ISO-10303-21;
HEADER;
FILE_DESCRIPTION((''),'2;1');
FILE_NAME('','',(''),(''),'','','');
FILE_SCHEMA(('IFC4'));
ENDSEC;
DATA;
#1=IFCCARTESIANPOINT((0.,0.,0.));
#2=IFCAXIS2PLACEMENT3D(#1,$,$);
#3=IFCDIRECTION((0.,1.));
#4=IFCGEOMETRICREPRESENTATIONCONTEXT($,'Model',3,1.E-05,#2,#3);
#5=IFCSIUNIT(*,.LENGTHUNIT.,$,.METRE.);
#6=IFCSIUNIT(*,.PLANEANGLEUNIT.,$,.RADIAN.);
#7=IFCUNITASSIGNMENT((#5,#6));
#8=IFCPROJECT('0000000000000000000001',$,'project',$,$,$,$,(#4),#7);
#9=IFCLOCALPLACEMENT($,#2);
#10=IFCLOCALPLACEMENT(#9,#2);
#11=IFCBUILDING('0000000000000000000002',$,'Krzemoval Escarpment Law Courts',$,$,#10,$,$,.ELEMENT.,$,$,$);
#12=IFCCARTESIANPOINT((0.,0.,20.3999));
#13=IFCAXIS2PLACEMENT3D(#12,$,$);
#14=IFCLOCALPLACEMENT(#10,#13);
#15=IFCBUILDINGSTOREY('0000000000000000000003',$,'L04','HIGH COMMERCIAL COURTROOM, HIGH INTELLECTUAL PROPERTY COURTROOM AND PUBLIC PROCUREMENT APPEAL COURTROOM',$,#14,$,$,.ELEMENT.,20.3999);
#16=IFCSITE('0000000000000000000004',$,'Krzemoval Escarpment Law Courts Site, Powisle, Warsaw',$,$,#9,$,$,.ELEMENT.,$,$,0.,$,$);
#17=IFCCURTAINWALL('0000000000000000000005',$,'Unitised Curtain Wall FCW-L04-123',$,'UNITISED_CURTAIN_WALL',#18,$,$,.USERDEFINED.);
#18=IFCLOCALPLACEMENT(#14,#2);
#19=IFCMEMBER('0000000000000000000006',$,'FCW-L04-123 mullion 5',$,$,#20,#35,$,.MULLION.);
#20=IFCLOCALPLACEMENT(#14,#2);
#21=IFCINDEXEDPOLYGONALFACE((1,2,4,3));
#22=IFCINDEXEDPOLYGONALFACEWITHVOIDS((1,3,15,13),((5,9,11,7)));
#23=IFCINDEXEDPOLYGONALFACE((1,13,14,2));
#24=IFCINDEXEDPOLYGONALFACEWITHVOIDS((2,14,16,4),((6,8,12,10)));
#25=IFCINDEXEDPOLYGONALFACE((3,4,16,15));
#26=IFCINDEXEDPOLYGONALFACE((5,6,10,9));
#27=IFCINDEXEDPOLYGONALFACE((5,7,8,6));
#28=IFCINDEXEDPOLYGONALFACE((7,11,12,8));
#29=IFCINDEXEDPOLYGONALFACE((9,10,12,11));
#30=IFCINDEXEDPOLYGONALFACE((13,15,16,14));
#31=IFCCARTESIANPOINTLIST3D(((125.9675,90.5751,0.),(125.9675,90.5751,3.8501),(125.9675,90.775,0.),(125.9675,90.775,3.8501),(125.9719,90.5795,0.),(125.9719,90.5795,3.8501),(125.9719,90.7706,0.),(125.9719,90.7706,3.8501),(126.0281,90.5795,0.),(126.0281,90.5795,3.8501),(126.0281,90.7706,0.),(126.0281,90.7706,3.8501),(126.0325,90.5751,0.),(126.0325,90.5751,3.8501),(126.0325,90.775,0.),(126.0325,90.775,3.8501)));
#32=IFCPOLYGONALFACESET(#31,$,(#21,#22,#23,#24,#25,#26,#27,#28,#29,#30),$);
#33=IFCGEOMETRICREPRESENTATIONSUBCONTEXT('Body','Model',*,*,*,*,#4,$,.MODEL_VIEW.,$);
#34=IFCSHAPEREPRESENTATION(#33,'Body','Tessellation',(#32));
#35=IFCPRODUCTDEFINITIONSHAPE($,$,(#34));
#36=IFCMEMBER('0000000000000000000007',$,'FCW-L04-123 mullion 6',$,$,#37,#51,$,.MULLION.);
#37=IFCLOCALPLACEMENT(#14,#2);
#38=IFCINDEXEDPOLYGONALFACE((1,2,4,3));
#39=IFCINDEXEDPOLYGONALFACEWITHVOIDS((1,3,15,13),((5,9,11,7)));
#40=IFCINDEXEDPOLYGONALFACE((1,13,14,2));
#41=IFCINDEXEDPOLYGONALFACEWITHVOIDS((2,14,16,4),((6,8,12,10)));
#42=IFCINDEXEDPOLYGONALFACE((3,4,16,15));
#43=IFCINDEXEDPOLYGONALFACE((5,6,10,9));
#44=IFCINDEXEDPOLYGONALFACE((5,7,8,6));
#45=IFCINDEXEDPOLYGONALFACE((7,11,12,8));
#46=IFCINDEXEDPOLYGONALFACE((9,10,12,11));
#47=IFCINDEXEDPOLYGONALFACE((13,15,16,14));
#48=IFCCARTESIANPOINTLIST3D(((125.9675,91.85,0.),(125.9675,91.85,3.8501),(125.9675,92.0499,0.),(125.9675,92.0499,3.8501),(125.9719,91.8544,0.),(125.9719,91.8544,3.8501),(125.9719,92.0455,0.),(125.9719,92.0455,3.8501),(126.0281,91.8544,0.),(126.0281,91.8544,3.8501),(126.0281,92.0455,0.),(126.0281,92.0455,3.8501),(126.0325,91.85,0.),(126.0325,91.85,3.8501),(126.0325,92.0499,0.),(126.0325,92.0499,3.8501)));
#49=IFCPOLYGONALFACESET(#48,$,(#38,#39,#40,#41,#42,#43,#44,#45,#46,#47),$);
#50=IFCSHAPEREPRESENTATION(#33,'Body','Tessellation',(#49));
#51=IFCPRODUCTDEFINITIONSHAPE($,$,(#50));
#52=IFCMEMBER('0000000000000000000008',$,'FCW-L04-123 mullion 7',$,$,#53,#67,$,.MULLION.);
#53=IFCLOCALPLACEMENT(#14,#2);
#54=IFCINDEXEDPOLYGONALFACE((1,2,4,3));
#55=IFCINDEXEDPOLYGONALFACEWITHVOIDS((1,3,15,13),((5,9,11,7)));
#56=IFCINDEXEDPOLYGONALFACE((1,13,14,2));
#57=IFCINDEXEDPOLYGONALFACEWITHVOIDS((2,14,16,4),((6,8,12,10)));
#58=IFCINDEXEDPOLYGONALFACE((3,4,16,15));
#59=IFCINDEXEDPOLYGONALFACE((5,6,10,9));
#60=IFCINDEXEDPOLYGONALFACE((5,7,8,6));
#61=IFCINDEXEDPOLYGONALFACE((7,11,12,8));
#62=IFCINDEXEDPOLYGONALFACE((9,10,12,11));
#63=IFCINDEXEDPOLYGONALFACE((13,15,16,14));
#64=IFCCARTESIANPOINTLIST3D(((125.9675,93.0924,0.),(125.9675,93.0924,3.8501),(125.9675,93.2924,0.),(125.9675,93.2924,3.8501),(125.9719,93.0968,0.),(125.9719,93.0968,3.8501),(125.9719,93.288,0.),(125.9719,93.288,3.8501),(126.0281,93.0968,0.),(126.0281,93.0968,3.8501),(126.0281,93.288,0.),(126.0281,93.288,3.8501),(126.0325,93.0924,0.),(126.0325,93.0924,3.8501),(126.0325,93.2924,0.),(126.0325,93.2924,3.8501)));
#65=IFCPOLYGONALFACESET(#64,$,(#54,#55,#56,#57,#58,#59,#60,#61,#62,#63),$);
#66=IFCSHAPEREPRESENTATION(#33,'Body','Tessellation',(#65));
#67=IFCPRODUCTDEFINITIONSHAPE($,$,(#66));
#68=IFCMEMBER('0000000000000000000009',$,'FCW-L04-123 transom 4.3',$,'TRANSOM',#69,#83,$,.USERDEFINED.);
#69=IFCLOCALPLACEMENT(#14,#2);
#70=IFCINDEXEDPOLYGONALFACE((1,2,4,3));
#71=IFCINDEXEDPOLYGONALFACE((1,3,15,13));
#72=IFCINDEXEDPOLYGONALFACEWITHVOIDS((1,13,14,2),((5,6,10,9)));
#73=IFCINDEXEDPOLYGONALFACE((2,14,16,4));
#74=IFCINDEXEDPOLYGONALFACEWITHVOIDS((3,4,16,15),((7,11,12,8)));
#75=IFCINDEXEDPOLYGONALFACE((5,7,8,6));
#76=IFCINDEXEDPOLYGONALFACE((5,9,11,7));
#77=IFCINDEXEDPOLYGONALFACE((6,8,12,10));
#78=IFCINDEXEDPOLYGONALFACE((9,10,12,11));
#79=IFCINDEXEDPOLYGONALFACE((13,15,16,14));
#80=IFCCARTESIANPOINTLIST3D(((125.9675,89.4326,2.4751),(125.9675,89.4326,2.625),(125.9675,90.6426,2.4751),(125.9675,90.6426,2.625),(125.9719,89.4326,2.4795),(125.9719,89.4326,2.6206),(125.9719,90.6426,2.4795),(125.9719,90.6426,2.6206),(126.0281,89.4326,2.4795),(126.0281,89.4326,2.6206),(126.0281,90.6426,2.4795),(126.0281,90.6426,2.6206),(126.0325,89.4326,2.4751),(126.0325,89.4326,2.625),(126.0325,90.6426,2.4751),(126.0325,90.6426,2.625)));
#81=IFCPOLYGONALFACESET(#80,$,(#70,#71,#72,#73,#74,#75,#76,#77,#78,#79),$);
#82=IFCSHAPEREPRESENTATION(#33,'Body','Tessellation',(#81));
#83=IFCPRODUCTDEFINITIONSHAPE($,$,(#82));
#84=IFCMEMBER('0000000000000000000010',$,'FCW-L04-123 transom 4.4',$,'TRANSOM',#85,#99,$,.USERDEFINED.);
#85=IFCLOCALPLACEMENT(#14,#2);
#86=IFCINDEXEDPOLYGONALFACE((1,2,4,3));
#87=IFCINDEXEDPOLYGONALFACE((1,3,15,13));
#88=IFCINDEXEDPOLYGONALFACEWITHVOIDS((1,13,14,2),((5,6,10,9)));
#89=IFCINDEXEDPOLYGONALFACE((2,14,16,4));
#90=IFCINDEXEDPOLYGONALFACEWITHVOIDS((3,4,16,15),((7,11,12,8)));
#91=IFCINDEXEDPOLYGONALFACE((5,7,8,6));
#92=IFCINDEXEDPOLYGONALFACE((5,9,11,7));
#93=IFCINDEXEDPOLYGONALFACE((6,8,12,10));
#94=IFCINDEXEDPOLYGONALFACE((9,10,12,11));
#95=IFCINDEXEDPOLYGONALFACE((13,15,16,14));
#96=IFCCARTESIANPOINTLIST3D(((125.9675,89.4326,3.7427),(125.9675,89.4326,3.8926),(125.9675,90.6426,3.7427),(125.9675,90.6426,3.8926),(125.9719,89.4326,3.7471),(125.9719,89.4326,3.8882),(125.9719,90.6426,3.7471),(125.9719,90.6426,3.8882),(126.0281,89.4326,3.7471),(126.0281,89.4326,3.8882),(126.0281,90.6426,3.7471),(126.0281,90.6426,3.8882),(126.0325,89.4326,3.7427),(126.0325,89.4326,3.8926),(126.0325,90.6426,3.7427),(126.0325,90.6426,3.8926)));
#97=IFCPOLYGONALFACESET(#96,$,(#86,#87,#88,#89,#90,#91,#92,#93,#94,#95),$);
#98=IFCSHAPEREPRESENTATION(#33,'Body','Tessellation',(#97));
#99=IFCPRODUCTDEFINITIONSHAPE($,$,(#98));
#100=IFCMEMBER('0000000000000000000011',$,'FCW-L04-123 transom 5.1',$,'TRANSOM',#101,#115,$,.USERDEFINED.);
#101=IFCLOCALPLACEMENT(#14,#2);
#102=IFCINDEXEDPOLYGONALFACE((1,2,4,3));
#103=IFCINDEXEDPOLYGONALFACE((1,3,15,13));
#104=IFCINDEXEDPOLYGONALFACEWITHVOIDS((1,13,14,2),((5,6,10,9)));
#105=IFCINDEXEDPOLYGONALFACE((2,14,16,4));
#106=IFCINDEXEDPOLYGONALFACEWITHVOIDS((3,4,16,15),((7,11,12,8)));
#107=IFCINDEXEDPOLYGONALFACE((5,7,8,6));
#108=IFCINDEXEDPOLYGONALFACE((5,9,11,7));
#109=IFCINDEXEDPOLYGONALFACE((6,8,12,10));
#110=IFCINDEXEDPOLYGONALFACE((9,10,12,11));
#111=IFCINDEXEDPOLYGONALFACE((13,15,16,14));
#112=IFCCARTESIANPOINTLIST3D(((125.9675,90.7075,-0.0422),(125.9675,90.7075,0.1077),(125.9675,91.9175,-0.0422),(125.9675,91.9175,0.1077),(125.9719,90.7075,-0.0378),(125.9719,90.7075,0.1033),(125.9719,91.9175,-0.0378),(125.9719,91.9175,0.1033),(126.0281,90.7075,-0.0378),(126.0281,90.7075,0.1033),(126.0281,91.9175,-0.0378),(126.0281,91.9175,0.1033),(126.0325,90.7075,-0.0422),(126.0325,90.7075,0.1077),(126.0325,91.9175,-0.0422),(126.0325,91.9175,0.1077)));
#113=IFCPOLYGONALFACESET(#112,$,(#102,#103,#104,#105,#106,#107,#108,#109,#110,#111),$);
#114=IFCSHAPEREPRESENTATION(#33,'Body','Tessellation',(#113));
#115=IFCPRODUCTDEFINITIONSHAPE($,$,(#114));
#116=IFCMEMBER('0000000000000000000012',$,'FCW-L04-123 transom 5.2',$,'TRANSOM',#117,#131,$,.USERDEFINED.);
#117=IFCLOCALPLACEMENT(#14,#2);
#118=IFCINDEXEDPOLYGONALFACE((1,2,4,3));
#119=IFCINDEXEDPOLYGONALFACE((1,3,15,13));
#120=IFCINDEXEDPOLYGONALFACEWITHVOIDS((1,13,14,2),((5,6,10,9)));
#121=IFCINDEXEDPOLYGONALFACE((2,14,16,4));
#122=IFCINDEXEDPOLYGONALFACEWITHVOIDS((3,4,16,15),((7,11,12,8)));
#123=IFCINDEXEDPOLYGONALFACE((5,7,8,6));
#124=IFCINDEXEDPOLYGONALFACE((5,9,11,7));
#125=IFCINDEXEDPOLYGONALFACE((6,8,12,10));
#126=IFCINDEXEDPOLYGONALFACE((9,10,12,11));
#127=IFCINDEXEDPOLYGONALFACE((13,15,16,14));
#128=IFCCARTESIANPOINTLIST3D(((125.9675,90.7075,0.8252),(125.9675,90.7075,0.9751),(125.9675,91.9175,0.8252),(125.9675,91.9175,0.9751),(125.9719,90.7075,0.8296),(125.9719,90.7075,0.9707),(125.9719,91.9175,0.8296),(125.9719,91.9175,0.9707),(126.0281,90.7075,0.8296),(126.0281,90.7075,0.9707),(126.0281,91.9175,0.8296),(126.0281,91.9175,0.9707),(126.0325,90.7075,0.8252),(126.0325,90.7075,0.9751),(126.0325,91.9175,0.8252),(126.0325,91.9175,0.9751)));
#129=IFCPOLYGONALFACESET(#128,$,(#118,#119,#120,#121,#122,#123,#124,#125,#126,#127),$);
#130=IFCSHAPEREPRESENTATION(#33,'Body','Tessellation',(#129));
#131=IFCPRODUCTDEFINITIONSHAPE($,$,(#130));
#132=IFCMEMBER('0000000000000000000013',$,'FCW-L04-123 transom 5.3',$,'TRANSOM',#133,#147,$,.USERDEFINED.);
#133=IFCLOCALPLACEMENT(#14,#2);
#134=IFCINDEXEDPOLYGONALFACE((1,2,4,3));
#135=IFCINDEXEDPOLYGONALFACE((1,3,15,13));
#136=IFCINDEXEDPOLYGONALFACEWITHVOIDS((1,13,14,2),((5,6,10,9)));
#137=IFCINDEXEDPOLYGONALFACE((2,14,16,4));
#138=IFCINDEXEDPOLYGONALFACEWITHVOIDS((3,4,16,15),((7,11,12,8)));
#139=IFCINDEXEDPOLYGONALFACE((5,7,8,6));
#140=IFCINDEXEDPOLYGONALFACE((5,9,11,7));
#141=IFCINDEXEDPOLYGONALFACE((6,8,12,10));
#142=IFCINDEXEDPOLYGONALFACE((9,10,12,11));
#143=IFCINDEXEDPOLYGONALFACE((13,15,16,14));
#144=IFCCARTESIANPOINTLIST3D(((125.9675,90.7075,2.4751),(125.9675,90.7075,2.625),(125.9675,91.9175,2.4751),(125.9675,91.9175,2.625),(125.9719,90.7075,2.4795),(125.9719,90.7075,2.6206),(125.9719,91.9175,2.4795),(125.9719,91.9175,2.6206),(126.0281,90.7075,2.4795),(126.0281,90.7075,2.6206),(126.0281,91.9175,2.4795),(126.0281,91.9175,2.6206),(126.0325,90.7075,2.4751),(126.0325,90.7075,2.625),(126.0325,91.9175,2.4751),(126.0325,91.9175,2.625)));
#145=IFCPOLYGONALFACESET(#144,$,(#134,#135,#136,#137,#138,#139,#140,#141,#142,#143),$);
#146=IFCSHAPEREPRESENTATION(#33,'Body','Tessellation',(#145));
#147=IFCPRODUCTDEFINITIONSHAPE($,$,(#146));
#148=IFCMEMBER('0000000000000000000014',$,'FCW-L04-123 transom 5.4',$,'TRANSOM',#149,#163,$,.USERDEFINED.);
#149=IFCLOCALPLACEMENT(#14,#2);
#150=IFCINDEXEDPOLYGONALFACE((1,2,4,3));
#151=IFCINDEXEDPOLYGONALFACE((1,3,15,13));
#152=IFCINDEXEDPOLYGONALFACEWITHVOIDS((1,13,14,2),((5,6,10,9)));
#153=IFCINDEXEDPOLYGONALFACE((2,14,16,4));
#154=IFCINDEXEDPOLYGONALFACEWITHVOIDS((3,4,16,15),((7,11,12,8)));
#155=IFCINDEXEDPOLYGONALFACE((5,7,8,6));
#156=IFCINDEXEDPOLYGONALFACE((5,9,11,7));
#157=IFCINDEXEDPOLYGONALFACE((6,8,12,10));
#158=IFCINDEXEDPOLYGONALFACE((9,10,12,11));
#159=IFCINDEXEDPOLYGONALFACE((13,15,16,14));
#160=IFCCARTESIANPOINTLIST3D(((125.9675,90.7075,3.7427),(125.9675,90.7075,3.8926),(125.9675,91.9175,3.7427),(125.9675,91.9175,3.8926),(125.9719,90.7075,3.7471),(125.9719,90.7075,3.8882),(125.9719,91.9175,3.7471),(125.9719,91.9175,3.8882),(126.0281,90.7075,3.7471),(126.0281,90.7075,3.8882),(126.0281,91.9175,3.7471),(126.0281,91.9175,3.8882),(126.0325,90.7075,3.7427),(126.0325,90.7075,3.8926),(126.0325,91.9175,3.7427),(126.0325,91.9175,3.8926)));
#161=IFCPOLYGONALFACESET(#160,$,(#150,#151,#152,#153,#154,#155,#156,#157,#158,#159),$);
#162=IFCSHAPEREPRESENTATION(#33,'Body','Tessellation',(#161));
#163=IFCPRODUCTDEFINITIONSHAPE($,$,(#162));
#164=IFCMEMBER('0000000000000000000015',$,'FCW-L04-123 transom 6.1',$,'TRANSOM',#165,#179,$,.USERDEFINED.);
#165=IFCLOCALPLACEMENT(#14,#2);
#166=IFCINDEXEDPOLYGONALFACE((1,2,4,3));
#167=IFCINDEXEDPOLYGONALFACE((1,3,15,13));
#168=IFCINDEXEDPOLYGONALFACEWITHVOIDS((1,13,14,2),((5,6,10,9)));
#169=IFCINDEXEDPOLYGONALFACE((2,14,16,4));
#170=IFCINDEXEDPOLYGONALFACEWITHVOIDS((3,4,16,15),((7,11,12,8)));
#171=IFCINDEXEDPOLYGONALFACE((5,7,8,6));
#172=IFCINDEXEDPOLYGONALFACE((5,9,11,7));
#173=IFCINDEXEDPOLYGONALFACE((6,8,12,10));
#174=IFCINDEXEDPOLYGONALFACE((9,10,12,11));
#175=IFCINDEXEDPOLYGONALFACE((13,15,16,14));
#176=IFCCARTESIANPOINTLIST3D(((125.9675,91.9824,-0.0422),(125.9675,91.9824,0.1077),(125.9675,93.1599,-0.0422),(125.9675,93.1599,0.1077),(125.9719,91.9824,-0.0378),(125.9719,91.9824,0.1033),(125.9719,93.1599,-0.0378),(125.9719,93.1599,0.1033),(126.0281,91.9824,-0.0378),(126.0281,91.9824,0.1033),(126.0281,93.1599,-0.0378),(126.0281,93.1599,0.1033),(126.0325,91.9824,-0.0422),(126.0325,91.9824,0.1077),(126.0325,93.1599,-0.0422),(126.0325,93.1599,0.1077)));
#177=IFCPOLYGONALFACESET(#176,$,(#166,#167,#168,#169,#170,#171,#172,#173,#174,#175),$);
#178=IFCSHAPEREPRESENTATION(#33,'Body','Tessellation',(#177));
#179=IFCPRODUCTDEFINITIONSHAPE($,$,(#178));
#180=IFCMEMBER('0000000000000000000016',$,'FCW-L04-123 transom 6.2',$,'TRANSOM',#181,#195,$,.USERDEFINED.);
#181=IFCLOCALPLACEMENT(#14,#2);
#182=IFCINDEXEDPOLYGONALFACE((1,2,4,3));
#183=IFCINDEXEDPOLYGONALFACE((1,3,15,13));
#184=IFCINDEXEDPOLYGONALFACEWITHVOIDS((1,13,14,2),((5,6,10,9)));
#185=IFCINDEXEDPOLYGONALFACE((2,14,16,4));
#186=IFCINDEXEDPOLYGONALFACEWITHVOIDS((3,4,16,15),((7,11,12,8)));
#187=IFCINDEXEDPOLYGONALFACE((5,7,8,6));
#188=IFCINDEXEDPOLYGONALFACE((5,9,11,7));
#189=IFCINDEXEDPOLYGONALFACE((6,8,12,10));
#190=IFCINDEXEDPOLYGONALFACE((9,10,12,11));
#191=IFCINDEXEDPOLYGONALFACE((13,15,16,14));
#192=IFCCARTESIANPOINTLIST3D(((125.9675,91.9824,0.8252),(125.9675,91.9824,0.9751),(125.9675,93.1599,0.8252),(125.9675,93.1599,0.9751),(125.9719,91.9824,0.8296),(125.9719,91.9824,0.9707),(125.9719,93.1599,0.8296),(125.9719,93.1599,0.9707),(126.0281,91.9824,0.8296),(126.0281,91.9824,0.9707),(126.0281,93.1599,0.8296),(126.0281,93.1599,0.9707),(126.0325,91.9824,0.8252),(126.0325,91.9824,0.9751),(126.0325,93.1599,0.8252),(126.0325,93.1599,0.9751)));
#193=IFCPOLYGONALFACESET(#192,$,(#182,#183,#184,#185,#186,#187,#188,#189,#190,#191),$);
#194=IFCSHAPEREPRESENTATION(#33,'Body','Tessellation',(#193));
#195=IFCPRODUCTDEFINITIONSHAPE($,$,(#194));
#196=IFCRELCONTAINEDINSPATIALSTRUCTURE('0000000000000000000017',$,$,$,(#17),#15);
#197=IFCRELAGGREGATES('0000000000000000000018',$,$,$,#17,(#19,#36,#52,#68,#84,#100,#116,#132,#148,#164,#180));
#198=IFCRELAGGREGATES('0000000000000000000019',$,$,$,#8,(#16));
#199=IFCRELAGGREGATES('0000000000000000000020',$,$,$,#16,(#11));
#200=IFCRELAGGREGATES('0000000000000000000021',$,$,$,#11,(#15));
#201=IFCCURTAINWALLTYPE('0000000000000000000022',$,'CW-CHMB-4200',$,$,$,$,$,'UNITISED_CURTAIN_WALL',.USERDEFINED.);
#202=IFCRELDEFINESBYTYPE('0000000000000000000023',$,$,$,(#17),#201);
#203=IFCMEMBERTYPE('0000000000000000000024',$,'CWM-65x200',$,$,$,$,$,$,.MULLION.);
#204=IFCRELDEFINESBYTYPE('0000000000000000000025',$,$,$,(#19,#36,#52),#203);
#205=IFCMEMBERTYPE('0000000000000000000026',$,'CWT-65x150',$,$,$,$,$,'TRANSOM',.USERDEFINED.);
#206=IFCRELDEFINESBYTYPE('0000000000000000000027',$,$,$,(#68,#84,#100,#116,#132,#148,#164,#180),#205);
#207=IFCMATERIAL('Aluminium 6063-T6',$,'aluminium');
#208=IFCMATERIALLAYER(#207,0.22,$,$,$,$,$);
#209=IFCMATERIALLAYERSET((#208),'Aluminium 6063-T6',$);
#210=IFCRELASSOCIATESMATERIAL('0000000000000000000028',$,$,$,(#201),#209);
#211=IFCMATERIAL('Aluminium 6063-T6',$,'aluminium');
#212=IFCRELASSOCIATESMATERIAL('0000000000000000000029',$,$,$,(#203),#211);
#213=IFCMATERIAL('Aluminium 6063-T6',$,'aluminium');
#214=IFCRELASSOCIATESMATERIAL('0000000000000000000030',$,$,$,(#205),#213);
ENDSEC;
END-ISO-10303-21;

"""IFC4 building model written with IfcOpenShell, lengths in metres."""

from ifc_helpers import new_model, si_unit, direction, frame, origin, origin_2d, place, context, subcontext, project, spatial, hollow_rectangle, extrude, material, layer, layer_set, material_profile, profile_set, type_object, element, aggregate, save


model = new_model("IFC4")

# Units and contexts
model_context = context("Model", 3, precision=1e-05, world=origin(), true_north=direction((0.0, 1.0)))
body_context = subcontext(model_context, "Body", "Model", "MODEL_VIEW")
ifc_project = project(units=[si_unit("LENGTHUNIT", "METRE"), si_unit("PLANEANGLEUNIT", "RADIAN")], contexts=[model_context])

# Site, building, storey
site_placement = place(None, origin())
site = spatial("IfcSite", under=ifc_project, at=site_placement, Name="Krzemoval Escarpment Law Courts Site, Powisle, Warsaw", CompositionType="ELEMENT", RefElevation=0.0)
building_placement = place(site_placement, origin())
building = spatial("IfcBuilding", under=site, at=building_placement, Name="Krzemoval Escarpment Law Courts", CompositionType="ELEMENT")
storey_placement = place(building_placement, frame((0.0, 0.0, 20.3999)))
storey = spatial("IfcBuildingStorey", under=building, at=storey_placement, Name="L04", Description="HIGH COMMERCIAL COURTROOM, HIGH INTELLECTUAL PROPERTY COURTROOM AND PUBLIC PROCUREMENT APPEAL COURTROOM", CompositionType="ELEMENT", Elevation=20.3999)

# Curtain wall, members
ifc_material_1 = material(Name="Aluminium 6063-T6", Category="aluminium")
ifc_layer_1 = layer(ifc_material_1, 0.22)
ifc_layer_set_1 = layer_set([ifc_layer_1], Name="Aluminium 6063-T6")
curtain_wall_type = type_object("IfcCurtainWallType", Name="CW-CHMB-4200", ElementType="UNITISED_CURTAIN_WALL", PredefinedType="USERDEFINED", material=ifc_layer_set_1)
curtain_wall_placement = place(storey_placement, origin())
curtain_wall = element("IfcCurtainWall", 1, at=curtain_wall_placement, inside=storey, type_object=curtain_wall_type, Name="Unitised Curtain Wall FCW-L04-123", ObjectType="UNITISED_CURTAIN_WALL", PredefinedType="USERDEFINED")
ifc_material_2 = material(Name="Aluminium 6063-T6", Category="aluminium")
ifc_material_profile_1 = material_profile(ifc_material_2, hollow_rectangle(XDim=0.0649, YDim=0.2, WallThickness=0.0044, at=origin_2d()), Name="ALU M65x200")
ifc_profile_set_1 = profile_set([ifc_material_profile_1], Name="Aluminium 6063-T6")
member_type_1 = type_object("IfcMemberType", Name="CWM-65x200", PredefinedType="MULLION", material=ifc_profile_set_1)
member_1_placement = place(storey_placement, frame((126.0, 90.675, 0.0), z_axis=(0.0, 0.0, 1.0), x_axis=(-1.0, 0.0, 0.0)))
member_1 = element("IfcMember", 2, at=member_1_placement, type_object=member_type_1, Name="FCW-L04-123 mullion 5", PredefinedType="MULLION", context=body_context, shape_type="SweptSolid", body=[
    extrude(hollow_rectangle(XDim=0.0649, YDim=0.2, WallThickness=0.0044, at=origin_2d()), origin(), (0.0, 0.0, 1.0), 3.8501),
])
member_2_placement = place(storey_placement, frame((126.0, 91.95, 0.0), z_axis=(0.0, 0.0, 1.0), x_axis=(-1.0, 0.0, 0.0)))
member_2 = element("IfcMember", 3, at=member_2_placement, type_object=member_type_1, Name="FCW-L04-123 mullion 6", PredefinedType="MULLION", context=body_context, shape_type="SweptSolid", body=[
    extrude(hollow_rectangle(XDim=0.0649, YDim=0.2, WallThickness=0.0044, at=origin_2d()), origin(), (0.0, 0.0, 1.0), 3.8501),
])
member_3_placement = place(storey_placement, frame((126.0, 93.1924, 0.0), z_axis=(0.0, 0.0, 1.0), x_axis=(-1.0, 0.0, 0.0)))
member_3 = element("IfcMember", 4, at=member_3_placement, type_object=member_type_1, Name="FCW-L04-123 mullion 7", PredefinedType="MULLION", context=body_context, shape_type="SweptSolid", body=[
    extrude(hollow_rectangle(XDim=0.0649, YDim=0.2, WallThickness=0.0044, at=origin_2d()), origin(), (0.0, 0.0, 1.0), 3.8501),
])
ifc_material_3 = material(Name="Aluminium 6063-T6", Category="aluminium")
ifc_material_profile_2 = material_profile(ifc_material_3, hollow_rectangle(XDim=0.0649, YDim=0.1499, WallThickness=0.0044, at=origin_2d()), Name="ALU T65x150")
ifc_profile_set_2 = profile_set([ifc_material_profile_2], Name="Aluminium 6063-T6")
member_type_2 = type_object("IfcMemberType", Name="CWT-65x150", ElementType="TRANSOM", PredefinedType="USERDEFINED", material=ifc_profile_set_2)
member_4_placement = place(storey_placement, frame((126.0, 89.4326, 2.55), z_axis=(0.0, 1.0, 0.0), x_axis=(-1.0, 0.0, 0.0)))
member_4 = element("IfcMember", 5, at=member_4_placement, type_object=member_type_2, Name="FCW-L04-123 transom 4.3", ObjectType="TRANSOM", PredefinedType="USERDEFINED", context=body_context, shape_type="SweptSolid", body=[
    extrude(hollow_rectangle(XDim=0.0649, YDim=0.1499, WallThickness=0.0044, at=origin_2d()), origin(), (0.0, 0.0, 1.0), 1.21),
])
member_5_placement = place(storey_placement, frame((126.0, 89.4326, 3.8176), z_axis=(0.0, 1.0, 0.0), x_axis=(-1.0, 0.0, 0.0)))
member_5 = element("IfcMember", 6, at=member_5_placement, type_object=member_type_2, Name="FCW-L04-123 transom 4.4", ObjectType="TRANSOM", PredefinedType="USERDEFINED", context=body_context, shape_type="SweptSolid", body=[
    extrude(hollow_rectangle(XDim=0.0649, YDim=0.1499, WallThickness=0.0044, at=origin_2d()), origin(), (0.0, 0.0, 1.0), 1.21),
])
member_6_placement = place(storey_placement, frame((126.0, 90.7075, 0.0327), z_axis=(0.0, 1.0, 0.0), x_axis=(-1.0, 0.0, 0.0)))
member_6 = element("IfcMember", 7, at=member_6_placement, type_object=member_type_2, Name="FCW-L04-123 transom 5.1", ObjectType="TRANSOM", PredefinedType="USERDEFINED", context=body_context, shape_type="SweptSolid", body=[
    extrude(hollow_rectangle(XDim=0.0649, YDim=0.1499, WallThickness=0.0044, at=origin_2d()), origin(), (0.0, 0.0, 1.0), 1.21),
])
member_7_placement = place(storey_placement, frame((126.0, 90.7075, 0.9001), z_axis=(0.0, 1.0, 0.0), x_axis=(-1.0, 0.0, 0.0)))
member_7 = element("IfcMember", 8, at=member_7_placement, type_object=member_type_2, Name="FCW-L04-123 transom 5.2", ObjectType="TRANSOM", PredefinedType="USERDEFINED", context=body_context, shape_type="SweptSolid", body=[
    extrude(hollow_rectangle(XDim=0.0649, YDim=0.1499, WallThickness=0.0044, at=origin_2d()), origin(), (0.0, 0.0, 1.0), 1.21),
])
member_8_placement = place(storey_placement, frame((126.0, 90.7075, 2.55), z_axis=(0.0, 1.0, 0.0), x_axis=(-1.0, 0.0, 0.0)))
member_8 = element("IfcMember", 9, at=member_8_placement, type_object=member_type_2, Name="FCW-L04-123 transom 5.3", ObjectType="TRANSOM", PredefinedType="USERDEFINED", context=body_context, shape_type="SweptSolid", body=[
    extrude(hollow_rectangle(XDim=0.0649, YDim=0.1499, WallThickness=0.0044, at=origin_2d()), origin(), (0.0, 0.0, 1.0), 1.21),
])
member_9_placement = place(storey_placement, frame((126.0, 90.7075, 3.8176), z_axis=(0.0, 1.0, 0.0), x_axis=(-1.0, 0.0, 0.0)))
member_9 = element("IfcMember", 10, at=member_9_placement, type_object=member_type_2, Name="FCW-L04-123 transom 5.4", ObjectType="TRANSOM", PredefinedType="USERDEFINED", context=body_context, shape_type="SweptSolid", body=[
    extrude(hollow_rectangle(XDim=0.0649, YDim=0.1499, WallThickness=0.0044, at=origin_2d()), origin(), (0.0, 0.0, 1.0), 1.21),
])
member_10_placement = place(storey_placement, frame((126.0, 91.9824, 0.0327), z_axis=(0.0, 1.0, 0.0), x_axis=(-1.0, 0.0, 0.0)))
member_10 = element("IfcMember", 11, at=member_10_placement, type_object=member_type_2, Name="FCW-L04-123 transom 6.1", ObjectType="TRANSOM", PredefinedType="USERDEFINED", context=body_context, shape_type="SweptSolid", body=[
    extrude(hollow_rectangle(XDim=0.0649, YDim=0.1499, WallThickness=0.0044, at=origin_2d()), origin(), (0.0, 0.0, 1.0), 1.1775),
])
member_11_placement = place(storey_placement, frame((126.0, 91.9824, 0.9001), z_axis=(0.0, 1.0, 0.0), x_axis=(-1.0, 0.0, 0.0)))
member_11 = element("IfcMember", 12, at=member_11_placement, type_object=member_type_2, Name="FCW-L04-123 transom 6.2", ObjectType="TRANSOM", PredefinedType="USERDEFINED", context=body_context, shape_type="SweptSolid", body=[
    extrude(hollow_rectangle(XDim=0.0649, YDim=0.1499, WallThickness=0.0044, at=origin_2d()), origin(), (0.0, 0.0, 1.0), 1.1775),
])
aggregate(curtain_wall, [member_1, member_2, member_3, member_4, member_5, member_6, member_7, member_8, member_9, member_10, member_11])

save(model, "model.ifc")
